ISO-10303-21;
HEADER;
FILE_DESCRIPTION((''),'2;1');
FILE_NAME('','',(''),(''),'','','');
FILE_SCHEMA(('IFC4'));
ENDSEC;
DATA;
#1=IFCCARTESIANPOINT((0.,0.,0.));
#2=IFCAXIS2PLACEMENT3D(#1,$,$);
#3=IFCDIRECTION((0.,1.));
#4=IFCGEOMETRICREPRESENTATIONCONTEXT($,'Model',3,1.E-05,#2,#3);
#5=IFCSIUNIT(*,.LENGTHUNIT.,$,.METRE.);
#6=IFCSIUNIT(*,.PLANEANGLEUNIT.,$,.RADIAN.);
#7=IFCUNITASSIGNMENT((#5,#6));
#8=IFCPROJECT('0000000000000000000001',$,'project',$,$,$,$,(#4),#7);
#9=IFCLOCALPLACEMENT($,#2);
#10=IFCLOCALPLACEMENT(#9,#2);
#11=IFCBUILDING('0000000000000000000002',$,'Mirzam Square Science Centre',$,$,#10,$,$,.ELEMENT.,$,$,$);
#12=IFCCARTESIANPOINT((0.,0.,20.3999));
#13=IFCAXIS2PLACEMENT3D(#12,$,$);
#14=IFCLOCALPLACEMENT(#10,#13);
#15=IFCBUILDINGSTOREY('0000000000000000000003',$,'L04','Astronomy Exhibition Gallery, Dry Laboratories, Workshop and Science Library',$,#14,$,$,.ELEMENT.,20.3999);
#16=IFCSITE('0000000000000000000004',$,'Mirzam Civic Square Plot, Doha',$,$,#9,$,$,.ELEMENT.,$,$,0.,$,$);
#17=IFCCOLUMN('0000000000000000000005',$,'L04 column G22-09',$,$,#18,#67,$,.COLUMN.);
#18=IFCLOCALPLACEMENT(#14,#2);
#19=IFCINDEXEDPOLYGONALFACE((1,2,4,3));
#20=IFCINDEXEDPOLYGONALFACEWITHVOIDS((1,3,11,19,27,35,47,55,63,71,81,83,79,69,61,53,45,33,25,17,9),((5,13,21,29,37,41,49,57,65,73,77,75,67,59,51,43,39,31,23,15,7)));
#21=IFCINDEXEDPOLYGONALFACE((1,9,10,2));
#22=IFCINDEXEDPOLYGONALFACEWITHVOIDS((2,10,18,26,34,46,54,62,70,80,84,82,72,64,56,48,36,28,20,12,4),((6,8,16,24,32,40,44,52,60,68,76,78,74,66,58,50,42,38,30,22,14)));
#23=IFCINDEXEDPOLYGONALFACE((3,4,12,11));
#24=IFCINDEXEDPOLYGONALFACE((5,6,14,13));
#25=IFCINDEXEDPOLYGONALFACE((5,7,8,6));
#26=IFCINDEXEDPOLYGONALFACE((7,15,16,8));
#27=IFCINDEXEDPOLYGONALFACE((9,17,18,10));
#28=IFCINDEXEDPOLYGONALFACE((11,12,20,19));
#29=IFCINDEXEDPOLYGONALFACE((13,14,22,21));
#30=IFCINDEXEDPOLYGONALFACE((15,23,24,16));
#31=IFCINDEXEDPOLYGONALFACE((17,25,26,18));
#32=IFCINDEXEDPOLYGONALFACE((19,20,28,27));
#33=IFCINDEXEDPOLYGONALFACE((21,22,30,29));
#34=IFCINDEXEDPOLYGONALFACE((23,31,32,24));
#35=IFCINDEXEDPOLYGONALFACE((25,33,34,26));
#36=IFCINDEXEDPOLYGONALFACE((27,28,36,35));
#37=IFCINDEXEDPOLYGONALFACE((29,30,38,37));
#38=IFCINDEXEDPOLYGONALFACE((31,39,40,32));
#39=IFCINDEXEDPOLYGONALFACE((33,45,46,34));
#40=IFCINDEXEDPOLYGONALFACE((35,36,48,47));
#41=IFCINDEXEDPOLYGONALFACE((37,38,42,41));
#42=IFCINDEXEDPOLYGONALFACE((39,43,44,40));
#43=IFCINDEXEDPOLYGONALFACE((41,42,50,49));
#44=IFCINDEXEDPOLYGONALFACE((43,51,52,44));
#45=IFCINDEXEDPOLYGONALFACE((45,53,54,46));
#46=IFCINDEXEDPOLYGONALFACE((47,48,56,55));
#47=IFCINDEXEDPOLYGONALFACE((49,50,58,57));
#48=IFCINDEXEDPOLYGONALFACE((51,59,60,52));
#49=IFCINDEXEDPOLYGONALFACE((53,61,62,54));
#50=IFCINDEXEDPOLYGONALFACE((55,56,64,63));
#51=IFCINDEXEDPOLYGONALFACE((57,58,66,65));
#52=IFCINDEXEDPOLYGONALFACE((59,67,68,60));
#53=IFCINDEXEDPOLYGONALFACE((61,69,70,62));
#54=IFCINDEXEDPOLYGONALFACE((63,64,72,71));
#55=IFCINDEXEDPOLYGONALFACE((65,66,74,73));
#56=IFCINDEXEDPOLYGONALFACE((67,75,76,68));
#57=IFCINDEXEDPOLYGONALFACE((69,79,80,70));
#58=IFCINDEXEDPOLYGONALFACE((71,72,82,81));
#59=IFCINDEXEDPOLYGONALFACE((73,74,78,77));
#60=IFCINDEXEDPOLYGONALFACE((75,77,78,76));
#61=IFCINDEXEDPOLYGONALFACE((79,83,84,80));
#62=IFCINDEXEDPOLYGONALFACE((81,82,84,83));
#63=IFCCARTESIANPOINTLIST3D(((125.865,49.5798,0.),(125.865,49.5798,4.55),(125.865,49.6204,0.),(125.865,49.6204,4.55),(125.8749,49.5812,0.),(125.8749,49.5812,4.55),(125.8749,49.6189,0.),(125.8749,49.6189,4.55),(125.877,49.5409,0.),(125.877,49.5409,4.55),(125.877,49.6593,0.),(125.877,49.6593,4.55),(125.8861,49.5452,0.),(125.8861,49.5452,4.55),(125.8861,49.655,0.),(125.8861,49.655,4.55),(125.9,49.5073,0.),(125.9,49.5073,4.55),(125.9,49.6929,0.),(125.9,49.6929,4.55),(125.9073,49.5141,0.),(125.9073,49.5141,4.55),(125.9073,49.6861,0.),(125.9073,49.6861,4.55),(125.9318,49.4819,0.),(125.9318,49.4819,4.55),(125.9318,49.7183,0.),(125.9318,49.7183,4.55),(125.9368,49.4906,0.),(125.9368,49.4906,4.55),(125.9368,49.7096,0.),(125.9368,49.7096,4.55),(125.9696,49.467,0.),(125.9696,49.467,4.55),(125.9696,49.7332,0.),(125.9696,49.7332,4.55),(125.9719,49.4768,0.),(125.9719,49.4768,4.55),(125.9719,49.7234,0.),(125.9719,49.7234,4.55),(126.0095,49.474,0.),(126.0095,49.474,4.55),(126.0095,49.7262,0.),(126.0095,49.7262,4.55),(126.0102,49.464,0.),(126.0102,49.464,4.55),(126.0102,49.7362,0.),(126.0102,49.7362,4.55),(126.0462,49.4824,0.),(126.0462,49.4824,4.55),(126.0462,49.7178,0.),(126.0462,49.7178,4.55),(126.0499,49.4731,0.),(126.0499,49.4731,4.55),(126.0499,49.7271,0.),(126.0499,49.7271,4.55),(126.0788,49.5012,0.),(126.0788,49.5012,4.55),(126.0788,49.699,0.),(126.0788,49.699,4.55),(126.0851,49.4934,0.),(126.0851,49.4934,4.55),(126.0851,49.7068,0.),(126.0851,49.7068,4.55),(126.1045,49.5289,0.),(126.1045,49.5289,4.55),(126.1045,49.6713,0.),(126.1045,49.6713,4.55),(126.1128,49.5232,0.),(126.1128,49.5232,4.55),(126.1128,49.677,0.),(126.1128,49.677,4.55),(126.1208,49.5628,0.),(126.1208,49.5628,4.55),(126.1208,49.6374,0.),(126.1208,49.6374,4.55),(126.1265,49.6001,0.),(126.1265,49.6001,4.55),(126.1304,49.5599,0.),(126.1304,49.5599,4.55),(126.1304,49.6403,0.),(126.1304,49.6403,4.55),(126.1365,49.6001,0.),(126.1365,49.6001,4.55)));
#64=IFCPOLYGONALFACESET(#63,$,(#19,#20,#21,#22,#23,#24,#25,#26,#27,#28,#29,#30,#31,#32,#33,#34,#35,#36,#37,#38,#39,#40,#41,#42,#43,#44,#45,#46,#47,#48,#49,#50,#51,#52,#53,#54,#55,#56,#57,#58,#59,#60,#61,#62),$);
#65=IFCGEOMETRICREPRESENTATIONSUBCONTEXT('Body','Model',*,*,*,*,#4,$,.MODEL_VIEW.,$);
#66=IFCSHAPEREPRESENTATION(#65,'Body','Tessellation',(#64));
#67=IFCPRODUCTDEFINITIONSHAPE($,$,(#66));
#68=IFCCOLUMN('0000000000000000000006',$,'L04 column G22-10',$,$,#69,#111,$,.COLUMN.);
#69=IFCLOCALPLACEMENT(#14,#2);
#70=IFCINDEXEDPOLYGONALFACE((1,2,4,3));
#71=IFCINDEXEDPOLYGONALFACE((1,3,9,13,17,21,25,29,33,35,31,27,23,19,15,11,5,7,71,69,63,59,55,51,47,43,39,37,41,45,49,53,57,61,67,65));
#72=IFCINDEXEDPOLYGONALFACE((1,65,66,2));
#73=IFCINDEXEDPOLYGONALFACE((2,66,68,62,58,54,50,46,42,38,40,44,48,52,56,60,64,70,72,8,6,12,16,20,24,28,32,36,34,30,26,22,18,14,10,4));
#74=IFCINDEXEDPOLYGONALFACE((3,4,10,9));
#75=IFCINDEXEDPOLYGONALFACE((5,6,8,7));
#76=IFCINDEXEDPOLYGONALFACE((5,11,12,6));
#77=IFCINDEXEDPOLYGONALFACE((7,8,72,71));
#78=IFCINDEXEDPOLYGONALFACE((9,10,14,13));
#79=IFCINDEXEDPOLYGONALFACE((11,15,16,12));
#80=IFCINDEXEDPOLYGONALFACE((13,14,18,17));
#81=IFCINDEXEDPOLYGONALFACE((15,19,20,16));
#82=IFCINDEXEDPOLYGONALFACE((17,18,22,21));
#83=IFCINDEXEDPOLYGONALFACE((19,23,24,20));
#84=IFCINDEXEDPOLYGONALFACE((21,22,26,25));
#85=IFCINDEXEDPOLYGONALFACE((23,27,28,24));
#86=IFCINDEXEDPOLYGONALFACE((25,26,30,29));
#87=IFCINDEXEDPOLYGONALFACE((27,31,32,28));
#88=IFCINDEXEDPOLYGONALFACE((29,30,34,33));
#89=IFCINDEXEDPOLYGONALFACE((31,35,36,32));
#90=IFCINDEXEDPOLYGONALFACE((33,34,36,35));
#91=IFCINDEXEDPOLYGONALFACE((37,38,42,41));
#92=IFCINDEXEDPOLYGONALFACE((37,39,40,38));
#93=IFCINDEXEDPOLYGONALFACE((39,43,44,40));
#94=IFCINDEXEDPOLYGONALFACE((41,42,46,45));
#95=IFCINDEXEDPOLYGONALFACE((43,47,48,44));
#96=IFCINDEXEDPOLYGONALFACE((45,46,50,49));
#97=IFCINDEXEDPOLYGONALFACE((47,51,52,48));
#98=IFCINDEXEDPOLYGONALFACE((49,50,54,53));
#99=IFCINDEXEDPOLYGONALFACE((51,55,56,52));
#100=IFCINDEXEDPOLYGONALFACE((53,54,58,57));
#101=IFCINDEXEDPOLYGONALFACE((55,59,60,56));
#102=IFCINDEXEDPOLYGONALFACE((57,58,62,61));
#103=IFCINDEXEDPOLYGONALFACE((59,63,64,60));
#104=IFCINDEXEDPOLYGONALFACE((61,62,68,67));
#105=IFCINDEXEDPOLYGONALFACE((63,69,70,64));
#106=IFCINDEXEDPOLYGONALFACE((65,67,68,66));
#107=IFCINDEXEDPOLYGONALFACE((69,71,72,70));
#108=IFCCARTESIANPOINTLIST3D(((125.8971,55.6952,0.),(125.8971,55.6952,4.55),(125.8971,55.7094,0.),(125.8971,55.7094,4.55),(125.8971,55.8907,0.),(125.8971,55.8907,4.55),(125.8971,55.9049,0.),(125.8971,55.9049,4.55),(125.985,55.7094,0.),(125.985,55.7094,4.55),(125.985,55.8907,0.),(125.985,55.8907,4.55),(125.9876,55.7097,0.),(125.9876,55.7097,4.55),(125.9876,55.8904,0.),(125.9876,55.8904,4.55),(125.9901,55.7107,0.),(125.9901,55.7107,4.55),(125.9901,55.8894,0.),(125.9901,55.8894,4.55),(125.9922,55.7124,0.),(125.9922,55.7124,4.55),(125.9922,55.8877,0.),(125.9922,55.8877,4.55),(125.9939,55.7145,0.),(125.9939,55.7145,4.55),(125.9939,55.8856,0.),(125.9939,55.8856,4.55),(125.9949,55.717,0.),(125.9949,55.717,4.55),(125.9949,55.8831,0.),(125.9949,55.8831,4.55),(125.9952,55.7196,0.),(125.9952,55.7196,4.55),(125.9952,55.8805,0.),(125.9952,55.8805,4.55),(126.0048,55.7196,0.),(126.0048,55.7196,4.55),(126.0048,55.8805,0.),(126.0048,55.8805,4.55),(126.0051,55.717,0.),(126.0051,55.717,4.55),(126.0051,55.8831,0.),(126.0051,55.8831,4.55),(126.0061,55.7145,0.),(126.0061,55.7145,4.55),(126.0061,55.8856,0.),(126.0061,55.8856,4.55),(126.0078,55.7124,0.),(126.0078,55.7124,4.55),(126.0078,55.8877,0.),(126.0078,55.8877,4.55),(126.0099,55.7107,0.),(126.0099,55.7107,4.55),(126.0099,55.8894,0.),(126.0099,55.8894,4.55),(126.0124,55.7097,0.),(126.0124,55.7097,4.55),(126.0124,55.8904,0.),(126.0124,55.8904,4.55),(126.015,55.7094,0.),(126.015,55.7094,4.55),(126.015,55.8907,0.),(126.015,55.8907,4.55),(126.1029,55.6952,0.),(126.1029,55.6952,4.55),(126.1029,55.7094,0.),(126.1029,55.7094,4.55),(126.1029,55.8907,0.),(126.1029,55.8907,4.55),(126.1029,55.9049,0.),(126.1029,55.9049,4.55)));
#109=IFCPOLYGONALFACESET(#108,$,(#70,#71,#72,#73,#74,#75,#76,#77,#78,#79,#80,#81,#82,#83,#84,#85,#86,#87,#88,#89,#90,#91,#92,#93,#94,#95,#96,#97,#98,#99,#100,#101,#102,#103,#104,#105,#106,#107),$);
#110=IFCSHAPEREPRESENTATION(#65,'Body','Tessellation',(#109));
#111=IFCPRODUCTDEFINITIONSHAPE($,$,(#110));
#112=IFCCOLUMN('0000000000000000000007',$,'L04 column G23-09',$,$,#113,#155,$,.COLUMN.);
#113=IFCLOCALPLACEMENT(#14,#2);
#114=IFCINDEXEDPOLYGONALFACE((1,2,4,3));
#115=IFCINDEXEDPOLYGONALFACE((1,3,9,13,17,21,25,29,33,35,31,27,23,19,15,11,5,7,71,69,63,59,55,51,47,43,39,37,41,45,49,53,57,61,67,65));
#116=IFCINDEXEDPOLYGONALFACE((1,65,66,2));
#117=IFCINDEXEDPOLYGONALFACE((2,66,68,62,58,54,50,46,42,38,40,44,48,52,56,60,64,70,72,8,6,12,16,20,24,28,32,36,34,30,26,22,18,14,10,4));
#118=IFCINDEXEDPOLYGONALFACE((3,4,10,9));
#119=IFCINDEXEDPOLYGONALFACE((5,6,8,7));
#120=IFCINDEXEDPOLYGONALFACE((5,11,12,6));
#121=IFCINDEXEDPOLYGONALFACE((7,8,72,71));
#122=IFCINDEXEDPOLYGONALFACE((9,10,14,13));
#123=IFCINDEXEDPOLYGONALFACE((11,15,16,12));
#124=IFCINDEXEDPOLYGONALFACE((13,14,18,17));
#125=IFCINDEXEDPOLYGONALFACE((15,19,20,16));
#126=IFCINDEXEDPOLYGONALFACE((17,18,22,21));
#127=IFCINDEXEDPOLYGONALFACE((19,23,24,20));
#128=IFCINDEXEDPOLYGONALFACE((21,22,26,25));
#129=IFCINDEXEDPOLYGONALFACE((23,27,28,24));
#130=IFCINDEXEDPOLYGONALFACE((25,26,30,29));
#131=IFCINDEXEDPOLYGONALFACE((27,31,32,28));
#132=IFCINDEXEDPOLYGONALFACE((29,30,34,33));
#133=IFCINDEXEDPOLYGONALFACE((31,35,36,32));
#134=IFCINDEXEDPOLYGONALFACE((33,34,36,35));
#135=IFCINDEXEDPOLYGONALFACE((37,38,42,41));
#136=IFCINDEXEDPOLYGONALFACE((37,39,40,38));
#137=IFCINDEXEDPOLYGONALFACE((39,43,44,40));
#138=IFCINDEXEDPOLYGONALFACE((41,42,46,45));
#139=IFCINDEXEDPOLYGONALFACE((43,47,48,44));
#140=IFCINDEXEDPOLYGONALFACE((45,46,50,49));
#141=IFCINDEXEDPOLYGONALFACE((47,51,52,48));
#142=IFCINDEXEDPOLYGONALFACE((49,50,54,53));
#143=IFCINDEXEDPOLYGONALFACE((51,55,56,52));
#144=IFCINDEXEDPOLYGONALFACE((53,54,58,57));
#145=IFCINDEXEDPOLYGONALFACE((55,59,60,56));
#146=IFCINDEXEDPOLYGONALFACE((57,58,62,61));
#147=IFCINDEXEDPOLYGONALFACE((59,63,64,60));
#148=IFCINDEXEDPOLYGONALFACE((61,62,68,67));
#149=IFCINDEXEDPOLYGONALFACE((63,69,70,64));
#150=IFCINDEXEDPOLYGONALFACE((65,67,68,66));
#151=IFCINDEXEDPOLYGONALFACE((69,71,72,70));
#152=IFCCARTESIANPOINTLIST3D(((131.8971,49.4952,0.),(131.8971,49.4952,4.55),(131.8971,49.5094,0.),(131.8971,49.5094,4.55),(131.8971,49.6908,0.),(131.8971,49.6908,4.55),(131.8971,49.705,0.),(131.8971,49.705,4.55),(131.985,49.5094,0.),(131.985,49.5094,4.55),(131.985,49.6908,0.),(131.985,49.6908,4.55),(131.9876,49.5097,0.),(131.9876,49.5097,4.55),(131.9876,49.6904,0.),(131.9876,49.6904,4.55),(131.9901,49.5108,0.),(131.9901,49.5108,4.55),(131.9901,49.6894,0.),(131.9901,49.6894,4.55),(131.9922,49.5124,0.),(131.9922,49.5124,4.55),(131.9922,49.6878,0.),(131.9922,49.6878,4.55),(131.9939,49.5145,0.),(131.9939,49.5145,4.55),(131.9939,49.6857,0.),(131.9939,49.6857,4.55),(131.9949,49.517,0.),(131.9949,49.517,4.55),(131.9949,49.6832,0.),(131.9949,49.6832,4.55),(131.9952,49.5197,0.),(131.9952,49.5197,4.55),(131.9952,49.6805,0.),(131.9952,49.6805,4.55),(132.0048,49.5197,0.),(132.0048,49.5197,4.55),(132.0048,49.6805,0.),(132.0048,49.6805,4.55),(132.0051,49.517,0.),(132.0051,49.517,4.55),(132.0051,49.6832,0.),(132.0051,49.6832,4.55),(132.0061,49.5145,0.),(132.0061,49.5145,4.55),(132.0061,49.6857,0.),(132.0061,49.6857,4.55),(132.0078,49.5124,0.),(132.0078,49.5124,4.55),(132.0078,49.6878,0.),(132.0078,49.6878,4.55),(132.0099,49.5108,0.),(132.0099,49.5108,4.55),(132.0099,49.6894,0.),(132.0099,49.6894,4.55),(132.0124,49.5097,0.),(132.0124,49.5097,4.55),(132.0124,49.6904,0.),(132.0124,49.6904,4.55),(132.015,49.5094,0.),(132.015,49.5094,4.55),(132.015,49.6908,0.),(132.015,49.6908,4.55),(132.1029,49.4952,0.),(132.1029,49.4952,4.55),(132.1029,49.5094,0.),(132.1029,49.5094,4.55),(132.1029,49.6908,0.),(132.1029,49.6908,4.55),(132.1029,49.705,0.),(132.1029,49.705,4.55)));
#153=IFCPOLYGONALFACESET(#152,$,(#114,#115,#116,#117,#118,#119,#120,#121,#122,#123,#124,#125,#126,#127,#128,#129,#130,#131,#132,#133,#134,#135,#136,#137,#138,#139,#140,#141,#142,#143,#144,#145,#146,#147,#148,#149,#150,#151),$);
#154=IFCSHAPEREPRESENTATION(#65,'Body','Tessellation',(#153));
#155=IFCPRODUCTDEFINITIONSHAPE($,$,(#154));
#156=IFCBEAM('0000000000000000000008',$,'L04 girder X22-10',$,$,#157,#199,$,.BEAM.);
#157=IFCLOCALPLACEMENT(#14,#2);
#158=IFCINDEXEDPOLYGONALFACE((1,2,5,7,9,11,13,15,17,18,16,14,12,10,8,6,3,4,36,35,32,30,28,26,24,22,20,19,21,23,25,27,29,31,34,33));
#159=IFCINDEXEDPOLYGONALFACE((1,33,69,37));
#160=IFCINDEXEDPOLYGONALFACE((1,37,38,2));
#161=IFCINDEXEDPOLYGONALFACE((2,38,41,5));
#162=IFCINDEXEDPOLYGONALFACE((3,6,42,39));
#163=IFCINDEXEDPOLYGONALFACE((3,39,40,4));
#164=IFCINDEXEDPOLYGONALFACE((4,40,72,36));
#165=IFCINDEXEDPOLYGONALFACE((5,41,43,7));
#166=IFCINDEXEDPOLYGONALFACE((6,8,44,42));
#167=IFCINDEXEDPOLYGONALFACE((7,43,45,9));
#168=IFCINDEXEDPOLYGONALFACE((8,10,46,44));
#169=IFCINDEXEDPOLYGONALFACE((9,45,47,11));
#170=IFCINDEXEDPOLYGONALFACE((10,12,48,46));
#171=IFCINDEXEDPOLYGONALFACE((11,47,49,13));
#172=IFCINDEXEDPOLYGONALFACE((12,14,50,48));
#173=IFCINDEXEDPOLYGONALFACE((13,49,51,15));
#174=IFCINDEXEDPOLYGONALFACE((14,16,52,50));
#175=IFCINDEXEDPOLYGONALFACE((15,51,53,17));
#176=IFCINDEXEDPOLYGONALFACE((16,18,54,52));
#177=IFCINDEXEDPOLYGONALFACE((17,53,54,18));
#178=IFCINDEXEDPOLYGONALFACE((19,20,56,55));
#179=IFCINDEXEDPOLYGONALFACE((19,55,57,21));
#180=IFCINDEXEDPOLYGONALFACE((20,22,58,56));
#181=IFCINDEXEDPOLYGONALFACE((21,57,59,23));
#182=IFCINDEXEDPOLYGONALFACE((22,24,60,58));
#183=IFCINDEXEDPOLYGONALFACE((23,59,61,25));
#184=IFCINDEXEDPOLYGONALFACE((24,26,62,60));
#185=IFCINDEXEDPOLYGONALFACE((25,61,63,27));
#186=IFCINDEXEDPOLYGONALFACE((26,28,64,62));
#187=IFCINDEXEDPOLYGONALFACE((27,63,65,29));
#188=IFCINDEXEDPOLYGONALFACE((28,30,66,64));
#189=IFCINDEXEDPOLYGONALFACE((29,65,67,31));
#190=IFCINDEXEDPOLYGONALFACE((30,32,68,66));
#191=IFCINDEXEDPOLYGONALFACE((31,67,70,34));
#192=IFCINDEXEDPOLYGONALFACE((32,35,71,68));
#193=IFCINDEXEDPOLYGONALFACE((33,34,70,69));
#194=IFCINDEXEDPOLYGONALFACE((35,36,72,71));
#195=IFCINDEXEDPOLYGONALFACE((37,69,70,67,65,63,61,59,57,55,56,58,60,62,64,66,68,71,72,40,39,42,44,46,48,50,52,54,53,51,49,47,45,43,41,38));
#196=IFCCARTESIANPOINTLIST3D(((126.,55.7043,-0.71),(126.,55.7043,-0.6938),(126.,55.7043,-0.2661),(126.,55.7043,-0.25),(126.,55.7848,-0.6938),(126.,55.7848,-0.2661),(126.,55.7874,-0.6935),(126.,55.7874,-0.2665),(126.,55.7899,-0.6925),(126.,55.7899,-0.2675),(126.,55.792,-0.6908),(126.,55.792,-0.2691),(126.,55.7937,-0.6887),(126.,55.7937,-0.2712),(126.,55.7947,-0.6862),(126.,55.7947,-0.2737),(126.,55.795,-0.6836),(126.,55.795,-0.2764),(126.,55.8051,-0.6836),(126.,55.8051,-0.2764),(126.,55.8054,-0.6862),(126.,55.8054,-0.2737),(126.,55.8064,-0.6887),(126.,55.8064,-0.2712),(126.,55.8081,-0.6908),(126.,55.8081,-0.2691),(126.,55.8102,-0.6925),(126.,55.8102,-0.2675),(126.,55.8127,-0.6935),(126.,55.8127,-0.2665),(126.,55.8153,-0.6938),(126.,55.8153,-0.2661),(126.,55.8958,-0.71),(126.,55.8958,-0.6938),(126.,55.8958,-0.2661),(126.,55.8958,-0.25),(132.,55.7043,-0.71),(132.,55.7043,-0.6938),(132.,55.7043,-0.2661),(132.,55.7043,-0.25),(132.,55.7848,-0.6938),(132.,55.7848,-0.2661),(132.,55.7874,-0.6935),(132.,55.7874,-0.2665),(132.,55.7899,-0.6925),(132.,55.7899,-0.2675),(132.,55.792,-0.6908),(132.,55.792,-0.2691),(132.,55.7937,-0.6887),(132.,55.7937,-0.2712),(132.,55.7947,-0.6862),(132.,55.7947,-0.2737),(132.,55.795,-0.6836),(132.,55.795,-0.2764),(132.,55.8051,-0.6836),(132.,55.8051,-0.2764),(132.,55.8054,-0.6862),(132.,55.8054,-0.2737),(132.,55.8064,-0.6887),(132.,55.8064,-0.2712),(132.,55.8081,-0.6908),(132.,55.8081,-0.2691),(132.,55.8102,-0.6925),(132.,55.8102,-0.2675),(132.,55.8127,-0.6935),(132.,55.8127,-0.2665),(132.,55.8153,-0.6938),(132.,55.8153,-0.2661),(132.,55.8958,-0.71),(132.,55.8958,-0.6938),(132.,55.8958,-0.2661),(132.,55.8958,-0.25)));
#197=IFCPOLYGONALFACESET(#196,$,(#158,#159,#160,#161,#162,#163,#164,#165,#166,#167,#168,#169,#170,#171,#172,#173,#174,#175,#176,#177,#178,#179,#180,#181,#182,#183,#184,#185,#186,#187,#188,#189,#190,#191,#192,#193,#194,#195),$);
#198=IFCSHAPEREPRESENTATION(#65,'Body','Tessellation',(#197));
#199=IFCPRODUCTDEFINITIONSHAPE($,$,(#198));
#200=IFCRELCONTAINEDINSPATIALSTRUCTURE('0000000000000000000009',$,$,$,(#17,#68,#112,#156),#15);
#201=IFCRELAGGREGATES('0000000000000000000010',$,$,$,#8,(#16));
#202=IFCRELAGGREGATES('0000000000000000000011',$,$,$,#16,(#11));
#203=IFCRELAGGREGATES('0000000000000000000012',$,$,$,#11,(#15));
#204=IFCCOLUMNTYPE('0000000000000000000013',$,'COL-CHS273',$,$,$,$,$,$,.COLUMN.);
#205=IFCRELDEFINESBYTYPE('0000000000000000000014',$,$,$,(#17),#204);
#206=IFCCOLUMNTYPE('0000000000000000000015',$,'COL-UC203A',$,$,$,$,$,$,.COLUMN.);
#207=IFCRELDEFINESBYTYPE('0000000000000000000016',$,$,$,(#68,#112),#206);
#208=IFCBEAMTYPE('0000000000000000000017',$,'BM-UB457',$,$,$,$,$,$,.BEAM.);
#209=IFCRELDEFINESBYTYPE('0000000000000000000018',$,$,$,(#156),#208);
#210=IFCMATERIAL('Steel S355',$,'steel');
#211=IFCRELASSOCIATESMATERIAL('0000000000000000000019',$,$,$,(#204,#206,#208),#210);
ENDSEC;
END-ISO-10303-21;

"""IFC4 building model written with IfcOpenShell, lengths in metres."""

from ifc_helpers import new_model, si_unit, direction, frame, origin, origin_2d, place, context, subcontext, project, spatial, hollow_circle, i_section, extrude, material, material_profile, profile_set, type_object, element, save


model = new_model("IFC4")

# Units and contexts
model_context = context("Model", 3, precision=1e-05, world=origin(), true_north=direction((0.0, 1.0)))
body_context = subcontext(model_context, "Body", "Model", "MODEL_VIEW")
ifc_project = project(units=[si_unit("LENGTHUNIT", "METRE"), si_unit("PLANEANGLEUNIT", "RADIAN")], contexts=[model_context])

# Site, building, storey
site_placement = place(None, origin())
site = spatial("IfcSite", under=ifc_project, at=site_placement, Name="Mirzam Civic Square Plot, Doha", CompositionType="ELEMENT", RefElevation=0.0)
building_placement = place(site_placement, origin())
building = spatial("IfcBuilding", under=site, at=building_placement, Name="Mirzam Square Science Centre", CompositionType="ELEMENT")
storey_placement = place(building_placement, frame((0.0, 0.0, 20.3999)))
storey = spatial("IfcBuildingStorey", under=building, at=storey_placement, Name="L04", Description="Astronomy Exhibition Gallery, Dry Laboratories, Workshop and Science Library", CompositionType="ELEMENT", Elevation=20.3999)

# Columns
ifc_material_1 = material(Name="Steel S355", Category="steel")
ifc_material_profile_1 = material_profile(ifc_material_1, hollow_circle(Radius=0.1365, WallThickness=0.01, at=origin_2d()), Name="273.0x10.0CHS")
ifc_profile_set_1 = profile_set([ifc_material_profile_1], Name="Steel S355")
column_type_1 = type_object("IfcColumnType", Name="COL-CHS273", PredefinedType="COLUMN", material=ifc_profile_set_1)
column_placement = place(storey_placement, frame((126.0, 49.6001, 0.0), z_axis=(0.0, 0.0, 1.0), x_axis=(1.0, 0.0, 0.0)))
element("IfcColumn", 1, at=column_placement, inside=storey, type_object=column_type_1, Name="L04 column G22-09", PredefinedType="COLUMN", context=body_context, shape_type="SweptSolid", body=[
    extrude(hollow_circle(Radius=0.1365, WallThickness=0.01, at=origin_2d()), origin(), (0.0, 0.0, 1.0), 4.55),
])
ifc_material_profile_2 = material_profile(ifc_material_1, i_section(OverallWidth=0.2058, OverallDepth=0.2097, WebThickness=0.0095, FlangeThickness=0.0142, FilletRadius=0.0103, at=origin_2d()), Name="203x203x60UC")
ifc_profile_set_2 = profile_set([ifc_material_profile_2], Name="Steel S355")
column_type_2 = type_object("IfcColumnType", Name="COL-UC203A", PredefinedType="COLUMN", material=ifc_profile_set_2)
for number, where, z_axis, x_axis, name in (
    (2, (126.0, 55.8, 0.0), (0.0, 0.0, 1.0), (1.0, 0.0, 0.0), "L04 column G22-10"),
    (3, (132.0, 49.6001, 0.0), (0.0, 0.0, 1.0), (1.0, 0.0, 0.0), "L04 column G23-09"),
):
    element("IfcColumn", number, at=place(storey_placement, frame(where, z_axis=z_axis, x_axis=x_axis)), inside=storey, type_object=column_type_2, Name=name, PredefinedType="COLUMN", context=body_context, shape_type="SweptSolid", body=[
        extrude(i_section(OverallWidth=0.2058, OverallDepth=0.2097, WebThickness=0.0095, FlangeThickness=0.0142, FilletRadius=0.0103, at=origin_2d()), origin(), (0.0, 0.0, 1.0), 4.55),
    ])

# Beam
ifc_material_profile_3 = material_profile(ifc_material_1, i_section(OverallWidth=0.1914, OverallDepth=0.46, WebThickness=0.01, FlangeThickness=0.0161, FilletRadius=0.0103, at=origin_2d()), Name="457x191x82UB")
ifc_profile_set_3 = profile_set([ifc_material_profile_3], Name="Steel S355")
beam_type_1 = type_object("IfcBeamType", Name="BM-UB457", PredefinedType="BEAM", material=ifc_profile_set_3)
beam_1_placement = place(storey_placement, frame((126.0, 55.8, -0.48), z_axis=(1.0, 0.0, 0.0), x_axis=(0.0, 1.0, 0.0)))
element("IfcBeam", 4, at=beam_1_placement, inside=storey, type_object=beam_type_1, Name="L04 girder X22-10", PredefinedType="BEAM", context=body_context, shape_type="SweptSolid", body=[
    extrude(i_section(OverallWidth=0.1914, OverallDepth=0.46, WebThickness=0.01, FlangeThickness=0.0161, FilletRadius=0.0103, at=origin_2d()), origin(), (0.0, 0.0, 1.0), 6.0),
])

save(model, "model.ifc")
